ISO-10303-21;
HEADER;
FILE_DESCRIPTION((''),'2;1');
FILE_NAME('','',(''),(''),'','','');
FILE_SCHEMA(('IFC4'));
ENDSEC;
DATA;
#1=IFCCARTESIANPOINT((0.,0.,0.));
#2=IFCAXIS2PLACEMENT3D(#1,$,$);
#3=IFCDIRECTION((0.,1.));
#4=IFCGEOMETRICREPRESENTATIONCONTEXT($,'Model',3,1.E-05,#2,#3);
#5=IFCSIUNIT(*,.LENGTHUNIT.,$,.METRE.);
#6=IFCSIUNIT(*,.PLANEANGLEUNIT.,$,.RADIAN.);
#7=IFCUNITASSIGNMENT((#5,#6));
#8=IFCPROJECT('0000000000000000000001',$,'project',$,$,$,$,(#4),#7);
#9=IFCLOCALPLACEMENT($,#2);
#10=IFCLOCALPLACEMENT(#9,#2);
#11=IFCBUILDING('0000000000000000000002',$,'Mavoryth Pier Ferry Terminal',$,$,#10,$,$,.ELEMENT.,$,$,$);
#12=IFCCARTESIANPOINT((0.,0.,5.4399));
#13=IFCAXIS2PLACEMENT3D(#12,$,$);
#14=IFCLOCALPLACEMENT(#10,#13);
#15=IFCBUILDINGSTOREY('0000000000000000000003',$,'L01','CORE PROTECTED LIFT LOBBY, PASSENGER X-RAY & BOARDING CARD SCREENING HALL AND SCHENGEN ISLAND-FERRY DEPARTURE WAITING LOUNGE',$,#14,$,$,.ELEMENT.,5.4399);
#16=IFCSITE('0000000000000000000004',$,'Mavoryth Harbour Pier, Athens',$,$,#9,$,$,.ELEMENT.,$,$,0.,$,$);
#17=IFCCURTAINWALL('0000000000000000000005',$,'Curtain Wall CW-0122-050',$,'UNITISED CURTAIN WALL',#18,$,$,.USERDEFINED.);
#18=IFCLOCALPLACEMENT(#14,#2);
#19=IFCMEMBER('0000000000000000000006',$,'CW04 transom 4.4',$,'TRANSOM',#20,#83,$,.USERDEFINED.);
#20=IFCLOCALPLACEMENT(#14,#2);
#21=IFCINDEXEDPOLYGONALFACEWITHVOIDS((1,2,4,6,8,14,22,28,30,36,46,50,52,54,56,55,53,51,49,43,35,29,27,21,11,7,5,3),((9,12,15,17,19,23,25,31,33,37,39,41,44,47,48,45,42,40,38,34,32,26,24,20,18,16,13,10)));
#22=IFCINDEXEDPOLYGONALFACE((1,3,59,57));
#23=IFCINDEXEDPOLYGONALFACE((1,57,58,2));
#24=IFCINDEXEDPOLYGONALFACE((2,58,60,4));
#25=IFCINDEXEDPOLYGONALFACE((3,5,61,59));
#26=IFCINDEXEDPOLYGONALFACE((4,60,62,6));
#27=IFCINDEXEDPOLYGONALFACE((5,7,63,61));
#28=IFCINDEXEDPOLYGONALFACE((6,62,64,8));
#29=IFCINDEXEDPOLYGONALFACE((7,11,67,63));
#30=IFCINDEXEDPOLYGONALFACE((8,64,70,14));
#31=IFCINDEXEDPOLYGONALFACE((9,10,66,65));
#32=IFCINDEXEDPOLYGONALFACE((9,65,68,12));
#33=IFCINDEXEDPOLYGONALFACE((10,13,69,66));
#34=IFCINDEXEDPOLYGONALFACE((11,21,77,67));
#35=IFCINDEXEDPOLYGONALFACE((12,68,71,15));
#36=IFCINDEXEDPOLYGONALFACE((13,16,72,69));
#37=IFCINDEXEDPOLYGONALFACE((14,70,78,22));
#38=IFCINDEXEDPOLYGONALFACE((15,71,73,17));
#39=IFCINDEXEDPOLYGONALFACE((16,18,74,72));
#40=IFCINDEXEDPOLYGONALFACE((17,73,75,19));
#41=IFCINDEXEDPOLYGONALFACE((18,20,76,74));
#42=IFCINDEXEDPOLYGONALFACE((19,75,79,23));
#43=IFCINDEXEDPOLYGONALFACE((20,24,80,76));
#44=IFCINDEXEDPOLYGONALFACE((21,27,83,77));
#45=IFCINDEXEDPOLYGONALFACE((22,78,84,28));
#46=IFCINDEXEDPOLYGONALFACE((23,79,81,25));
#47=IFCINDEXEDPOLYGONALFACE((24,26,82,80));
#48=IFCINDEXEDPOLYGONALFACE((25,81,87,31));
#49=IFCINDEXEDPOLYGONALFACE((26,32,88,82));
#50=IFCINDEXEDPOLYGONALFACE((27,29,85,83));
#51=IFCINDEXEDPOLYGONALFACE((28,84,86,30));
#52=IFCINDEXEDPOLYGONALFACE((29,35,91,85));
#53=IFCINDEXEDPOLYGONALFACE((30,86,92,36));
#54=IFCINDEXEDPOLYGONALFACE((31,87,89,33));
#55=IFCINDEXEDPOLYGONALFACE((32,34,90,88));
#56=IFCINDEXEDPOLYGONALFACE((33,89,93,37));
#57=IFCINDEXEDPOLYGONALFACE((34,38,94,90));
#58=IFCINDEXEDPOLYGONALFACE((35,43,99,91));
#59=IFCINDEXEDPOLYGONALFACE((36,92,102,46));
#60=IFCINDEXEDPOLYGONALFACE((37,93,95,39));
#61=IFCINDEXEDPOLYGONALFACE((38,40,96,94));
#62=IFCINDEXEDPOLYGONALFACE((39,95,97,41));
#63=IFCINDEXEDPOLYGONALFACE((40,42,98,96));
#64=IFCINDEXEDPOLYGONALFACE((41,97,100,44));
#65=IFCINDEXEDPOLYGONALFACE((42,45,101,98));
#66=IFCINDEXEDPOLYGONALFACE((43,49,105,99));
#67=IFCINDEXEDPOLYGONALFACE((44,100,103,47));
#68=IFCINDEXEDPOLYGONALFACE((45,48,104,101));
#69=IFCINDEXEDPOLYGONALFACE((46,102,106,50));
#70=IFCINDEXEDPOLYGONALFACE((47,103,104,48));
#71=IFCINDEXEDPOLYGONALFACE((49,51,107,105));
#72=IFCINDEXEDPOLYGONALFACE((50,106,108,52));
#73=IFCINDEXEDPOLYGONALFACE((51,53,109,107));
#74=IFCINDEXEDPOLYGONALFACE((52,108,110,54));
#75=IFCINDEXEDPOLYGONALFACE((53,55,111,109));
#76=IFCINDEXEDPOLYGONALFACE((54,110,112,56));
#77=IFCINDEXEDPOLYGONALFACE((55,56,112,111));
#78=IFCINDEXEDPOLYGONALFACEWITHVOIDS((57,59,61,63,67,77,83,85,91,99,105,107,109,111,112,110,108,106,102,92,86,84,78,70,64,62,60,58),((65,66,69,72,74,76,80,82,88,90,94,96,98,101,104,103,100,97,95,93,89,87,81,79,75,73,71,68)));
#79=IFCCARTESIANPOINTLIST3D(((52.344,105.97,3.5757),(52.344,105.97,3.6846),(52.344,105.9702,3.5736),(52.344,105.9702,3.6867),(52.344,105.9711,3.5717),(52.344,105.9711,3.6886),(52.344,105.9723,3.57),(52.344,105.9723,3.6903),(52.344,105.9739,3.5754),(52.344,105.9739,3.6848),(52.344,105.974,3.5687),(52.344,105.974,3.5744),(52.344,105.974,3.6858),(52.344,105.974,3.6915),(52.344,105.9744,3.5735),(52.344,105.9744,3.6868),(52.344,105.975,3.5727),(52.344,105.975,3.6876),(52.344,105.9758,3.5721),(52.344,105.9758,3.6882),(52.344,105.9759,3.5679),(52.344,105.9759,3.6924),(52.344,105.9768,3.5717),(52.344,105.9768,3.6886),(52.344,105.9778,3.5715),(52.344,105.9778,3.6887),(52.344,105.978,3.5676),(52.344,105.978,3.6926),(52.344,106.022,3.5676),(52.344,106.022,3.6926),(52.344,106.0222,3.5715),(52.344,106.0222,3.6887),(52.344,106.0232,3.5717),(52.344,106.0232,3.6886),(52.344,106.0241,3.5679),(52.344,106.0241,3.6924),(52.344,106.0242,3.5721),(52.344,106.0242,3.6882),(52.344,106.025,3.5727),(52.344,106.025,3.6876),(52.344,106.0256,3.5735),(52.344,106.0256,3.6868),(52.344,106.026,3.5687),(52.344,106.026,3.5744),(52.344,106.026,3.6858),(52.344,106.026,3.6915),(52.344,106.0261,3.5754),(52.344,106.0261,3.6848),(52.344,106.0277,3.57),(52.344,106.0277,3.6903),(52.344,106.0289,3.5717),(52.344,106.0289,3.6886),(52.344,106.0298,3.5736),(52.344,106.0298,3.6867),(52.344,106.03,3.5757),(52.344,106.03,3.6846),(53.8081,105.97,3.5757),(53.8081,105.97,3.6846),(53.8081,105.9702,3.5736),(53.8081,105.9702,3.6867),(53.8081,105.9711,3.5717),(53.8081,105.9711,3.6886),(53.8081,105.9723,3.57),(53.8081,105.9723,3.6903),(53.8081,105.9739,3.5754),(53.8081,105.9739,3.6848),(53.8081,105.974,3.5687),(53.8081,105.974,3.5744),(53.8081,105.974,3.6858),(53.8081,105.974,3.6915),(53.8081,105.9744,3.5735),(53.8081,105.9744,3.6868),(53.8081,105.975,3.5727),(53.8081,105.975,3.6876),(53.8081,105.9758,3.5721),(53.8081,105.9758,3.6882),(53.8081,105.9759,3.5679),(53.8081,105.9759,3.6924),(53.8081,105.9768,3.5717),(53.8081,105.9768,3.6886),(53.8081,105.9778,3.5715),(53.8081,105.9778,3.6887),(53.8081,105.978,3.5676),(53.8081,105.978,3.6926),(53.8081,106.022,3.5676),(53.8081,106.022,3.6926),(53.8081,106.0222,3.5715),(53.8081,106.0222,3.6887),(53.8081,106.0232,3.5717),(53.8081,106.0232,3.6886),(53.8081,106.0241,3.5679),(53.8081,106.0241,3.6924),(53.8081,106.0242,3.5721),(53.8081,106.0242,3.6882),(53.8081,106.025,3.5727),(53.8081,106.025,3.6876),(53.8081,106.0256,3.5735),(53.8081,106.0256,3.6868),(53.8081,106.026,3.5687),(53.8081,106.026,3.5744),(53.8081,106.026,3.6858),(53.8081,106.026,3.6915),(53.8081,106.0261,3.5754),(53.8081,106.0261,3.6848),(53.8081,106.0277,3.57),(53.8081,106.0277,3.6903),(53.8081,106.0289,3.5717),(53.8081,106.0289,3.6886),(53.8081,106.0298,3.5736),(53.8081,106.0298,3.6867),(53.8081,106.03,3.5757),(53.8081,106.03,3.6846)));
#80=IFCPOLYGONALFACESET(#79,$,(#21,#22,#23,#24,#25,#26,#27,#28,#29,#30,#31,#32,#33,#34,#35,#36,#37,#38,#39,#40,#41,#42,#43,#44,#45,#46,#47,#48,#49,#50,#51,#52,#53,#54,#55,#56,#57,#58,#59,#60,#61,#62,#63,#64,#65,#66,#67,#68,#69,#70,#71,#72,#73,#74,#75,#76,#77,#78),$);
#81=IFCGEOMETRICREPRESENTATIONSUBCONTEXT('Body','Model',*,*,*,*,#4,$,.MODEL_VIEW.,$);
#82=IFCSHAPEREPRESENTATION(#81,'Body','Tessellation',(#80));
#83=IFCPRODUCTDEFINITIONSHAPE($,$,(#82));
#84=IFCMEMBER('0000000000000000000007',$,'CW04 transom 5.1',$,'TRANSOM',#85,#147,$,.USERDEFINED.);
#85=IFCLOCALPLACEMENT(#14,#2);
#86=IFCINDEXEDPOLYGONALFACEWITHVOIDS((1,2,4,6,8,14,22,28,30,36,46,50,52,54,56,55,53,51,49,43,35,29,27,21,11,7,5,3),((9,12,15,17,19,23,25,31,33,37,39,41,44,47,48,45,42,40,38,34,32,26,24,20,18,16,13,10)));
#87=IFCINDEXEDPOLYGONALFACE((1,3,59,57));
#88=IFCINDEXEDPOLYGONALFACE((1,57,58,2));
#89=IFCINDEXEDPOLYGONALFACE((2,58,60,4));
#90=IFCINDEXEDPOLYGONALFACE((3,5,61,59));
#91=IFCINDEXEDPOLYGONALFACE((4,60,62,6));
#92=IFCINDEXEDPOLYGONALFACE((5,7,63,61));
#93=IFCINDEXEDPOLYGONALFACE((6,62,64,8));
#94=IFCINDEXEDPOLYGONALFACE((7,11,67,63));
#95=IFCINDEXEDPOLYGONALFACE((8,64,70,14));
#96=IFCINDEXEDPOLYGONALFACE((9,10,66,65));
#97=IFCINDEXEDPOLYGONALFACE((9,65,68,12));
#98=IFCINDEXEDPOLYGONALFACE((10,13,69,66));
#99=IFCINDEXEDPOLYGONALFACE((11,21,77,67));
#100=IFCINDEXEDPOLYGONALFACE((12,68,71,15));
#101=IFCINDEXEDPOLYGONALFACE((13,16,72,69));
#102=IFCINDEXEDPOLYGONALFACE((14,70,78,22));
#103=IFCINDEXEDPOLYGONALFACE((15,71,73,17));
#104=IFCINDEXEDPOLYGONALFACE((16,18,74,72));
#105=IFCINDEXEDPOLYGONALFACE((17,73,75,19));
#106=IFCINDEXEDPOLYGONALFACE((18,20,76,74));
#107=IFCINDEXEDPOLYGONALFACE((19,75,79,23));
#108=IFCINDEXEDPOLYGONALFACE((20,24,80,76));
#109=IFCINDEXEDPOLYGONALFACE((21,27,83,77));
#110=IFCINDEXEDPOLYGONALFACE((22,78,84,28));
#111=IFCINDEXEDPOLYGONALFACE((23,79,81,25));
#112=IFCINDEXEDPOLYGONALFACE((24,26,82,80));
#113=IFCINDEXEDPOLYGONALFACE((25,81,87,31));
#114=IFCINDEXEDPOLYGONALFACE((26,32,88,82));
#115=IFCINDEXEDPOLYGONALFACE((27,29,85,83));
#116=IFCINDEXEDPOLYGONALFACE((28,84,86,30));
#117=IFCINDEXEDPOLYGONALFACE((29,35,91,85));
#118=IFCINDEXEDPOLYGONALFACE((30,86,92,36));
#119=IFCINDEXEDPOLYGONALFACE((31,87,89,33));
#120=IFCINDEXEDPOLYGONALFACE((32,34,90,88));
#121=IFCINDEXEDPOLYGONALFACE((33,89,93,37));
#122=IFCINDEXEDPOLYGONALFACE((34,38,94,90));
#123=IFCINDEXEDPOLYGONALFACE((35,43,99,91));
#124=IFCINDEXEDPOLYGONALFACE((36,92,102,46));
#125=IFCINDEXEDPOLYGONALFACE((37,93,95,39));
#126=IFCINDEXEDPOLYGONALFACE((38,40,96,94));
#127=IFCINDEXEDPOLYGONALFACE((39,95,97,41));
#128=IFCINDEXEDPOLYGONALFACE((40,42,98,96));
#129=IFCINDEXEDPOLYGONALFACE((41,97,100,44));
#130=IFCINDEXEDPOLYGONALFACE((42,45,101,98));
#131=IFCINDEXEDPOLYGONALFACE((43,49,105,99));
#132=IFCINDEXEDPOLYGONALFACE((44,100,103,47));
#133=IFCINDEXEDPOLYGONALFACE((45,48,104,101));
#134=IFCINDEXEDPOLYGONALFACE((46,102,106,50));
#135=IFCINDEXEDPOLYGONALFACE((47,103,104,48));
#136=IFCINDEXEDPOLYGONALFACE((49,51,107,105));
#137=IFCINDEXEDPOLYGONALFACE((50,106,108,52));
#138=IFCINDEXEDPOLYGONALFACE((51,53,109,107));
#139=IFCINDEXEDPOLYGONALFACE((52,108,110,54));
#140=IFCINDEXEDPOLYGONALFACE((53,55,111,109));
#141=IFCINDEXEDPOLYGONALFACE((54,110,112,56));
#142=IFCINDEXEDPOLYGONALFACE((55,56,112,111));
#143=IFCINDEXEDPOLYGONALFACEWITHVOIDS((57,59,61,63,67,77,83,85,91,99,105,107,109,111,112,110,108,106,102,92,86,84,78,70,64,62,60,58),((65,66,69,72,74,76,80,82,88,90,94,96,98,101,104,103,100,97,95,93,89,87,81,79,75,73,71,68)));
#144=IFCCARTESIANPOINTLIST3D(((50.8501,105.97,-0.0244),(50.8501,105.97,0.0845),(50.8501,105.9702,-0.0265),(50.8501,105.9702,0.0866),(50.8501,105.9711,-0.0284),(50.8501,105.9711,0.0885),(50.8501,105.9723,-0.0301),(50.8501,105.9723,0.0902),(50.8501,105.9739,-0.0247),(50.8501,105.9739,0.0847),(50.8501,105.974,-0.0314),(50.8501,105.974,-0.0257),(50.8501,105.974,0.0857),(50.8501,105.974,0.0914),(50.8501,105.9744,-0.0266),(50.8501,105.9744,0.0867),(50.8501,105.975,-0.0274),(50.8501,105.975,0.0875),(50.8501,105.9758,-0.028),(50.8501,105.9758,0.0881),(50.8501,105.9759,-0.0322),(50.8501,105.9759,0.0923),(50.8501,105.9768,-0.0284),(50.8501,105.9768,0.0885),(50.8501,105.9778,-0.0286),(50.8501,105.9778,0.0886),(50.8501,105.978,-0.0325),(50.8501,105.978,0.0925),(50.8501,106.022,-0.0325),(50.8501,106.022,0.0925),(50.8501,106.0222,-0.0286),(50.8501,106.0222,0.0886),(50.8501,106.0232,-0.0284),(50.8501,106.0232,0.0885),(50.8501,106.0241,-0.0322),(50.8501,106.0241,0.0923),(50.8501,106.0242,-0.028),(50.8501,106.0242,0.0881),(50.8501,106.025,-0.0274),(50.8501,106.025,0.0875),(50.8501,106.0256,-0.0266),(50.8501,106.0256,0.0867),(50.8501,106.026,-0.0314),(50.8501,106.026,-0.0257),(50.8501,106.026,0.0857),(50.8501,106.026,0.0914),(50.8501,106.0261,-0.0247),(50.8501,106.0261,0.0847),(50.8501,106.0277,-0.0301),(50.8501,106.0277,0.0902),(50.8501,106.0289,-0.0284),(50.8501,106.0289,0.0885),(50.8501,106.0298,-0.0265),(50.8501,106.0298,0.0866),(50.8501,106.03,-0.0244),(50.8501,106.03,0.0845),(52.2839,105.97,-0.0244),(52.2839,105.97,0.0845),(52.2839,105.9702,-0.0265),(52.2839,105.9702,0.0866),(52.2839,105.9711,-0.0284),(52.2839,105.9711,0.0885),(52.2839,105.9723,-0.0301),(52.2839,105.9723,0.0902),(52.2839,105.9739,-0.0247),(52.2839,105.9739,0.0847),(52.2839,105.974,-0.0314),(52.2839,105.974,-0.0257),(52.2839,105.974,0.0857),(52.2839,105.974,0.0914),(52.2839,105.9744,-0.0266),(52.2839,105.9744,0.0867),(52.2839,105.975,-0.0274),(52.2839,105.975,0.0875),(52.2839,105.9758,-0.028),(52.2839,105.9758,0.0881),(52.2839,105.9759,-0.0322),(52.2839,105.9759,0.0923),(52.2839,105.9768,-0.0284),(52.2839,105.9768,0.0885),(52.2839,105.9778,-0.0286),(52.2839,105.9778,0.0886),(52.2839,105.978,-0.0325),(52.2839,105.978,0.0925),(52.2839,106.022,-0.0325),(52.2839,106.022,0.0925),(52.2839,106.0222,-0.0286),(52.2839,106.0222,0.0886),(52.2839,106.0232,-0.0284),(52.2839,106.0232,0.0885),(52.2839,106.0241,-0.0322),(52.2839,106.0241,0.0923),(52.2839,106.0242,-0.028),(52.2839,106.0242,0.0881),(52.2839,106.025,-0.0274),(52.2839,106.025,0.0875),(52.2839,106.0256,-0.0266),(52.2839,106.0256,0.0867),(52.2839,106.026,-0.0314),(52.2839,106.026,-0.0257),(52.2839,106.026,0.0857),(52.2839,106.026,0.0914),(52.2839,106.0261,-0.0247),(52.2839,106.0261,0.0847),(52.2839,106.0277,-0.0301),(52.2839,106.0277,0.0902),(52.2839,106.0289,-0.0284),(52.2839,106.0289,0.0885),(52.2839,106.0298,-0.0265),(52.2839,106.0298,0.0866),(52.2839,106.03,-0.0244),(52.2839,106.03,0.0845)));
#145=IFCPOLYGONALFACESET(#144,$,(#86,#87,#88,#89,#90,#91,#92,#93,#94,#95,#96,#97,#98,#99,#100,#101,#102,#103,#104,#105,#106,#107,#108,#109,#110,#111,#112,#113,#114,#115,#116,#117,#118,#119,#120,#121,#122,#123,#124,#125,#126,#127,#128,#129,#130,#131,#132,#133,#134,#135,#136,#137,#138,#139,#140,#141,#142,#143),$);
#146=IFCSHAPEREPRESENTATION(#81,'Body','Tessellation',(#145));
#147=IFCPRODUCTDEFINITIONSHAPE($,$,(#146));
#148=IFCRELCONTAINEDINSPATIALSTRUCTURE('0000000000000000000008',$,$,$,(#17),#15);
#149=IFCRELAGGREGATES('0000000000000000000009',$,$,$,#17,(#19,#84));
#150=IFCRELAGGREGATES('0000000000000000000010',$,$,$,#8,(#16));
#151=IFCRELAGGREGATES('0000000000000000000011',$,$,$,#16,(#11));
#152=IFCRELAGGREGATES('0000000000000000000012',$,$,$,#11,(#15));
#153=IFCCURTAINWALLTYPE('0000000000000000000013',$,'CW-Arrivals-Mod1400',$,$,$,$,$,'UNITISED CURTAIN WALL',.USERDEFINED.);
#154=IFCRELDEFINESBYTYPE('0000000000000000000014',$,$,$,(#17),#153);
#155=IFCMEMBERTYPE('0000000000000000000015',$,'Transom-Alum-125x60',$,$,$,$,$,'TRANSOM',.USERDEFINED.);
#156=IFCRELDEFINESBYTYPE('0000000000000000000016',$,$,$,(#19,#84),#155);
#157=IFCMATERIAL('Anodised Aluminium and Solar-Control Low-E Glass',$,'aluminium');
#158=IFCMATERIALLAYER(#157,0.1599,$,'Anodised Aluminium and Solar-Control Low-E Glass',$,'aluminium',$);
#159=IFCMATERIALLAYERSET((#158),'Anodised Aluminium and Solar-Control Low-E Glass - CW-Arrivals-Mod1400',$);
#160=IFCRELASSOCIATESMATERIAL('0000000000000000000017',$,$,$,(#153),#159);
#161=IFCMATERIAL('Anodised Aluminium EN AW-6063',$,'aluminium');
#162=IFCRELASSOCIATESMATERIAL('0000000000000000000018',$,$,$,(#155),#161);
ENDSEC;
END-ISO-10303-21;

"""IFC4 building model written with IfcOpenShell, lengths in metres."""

from ifc_helpers import new_model, si_unit, direction, frame, origin, origin_2d, place, context, subcontext, project, spatial, hollow_rectangle, extrude, material, layer, layer_set, material_profile, profile_set, type_object, element, aggregate, save


model = new_model("IFC4")

# Units and contexts
model_context = context("Model", 3, precision=1e-05, world=origin(), true_north=direction((0.0, 1.0)))
body_context = subcontext(model_context, "Body", "Model", "MODEL_VIEW")
ifc_project = project(units=[si_unit("LENGTHUNIT", "METRE"), si_unit("PLANEANGLEUNIT", "RADIAN")], contexts=[model_context])

# Site, building, storey
site_placement = place(None, origin())
site = spatial("IfcSite", under=ifc_project, at=site_placement, Name="Mavoryth Harbour Pier, Athens", CompositionType="ELEMENT", RefElevation=0.0)
building_placement = place(site_placement, origin())
building = spatial("IfcBuilding", under=site, at=building_placement, Name="Mavoryth Pier Ferry Terminal", CompositionType="ELEMENT")
storey_placement = place(building_placement, frame((0.0, 0.0, 5.4399)))
storey = spatial("IfcBuildingStorey", under=building, at=storey_placement, Name="L01", Description="CORE PROTECTED LIFT LOBBY, PASSENGER X-RAY & BOARDING CARD SCREENING HALL AND SCHENGEN ISLAND-FERRY DEPARTURE WAITING LOUNGE", CompositionType="ELEMENT", Elevation=5.4399)

# Curtain wall
ifc_material_1 = material(Name="Anodised Aluminium and Solar-Control Low-E Glass", Category="aluminium")
ifc_layer_1 = layer(ifc_material_1, 0.1599, Name="Anodised Aluminium and Solar-Control Low-E Glass", Category="aluminium")
ifc_layer_set_1 = layer_set([ifc_layer_1], Name="Anodised Aluminium and Solar-Control Low-E Glass - CW-Arrivals-Mod1400")
curtain_wall_type = type_object("IfcCurtainWallType", Name="CW-Arrivals-Mod1400", ElementType="UNITISED CURTAIN WALL", PredefinedType="USERDEFINED", material=ifc_layer_set_1)
curtain_wall_placement = place(storey_placement, origin())
curtain_wall = element("IfcCurtainWall", 1, at=curtain_wall_placement, inside=storey, type_object=curtain_wall_type, Name="Curtain Wall CW-0122-050", ObjectType="UNITISED CURTAIN WALL", PredefinedType="USERDEFINED")
ifc_material_2 = material(Name="Anodised Aluminium EN AW-6063", Category="aluminium")

# Members
ifc_material_profile_1 = material_profile(ifc_material_2, hollow_rectangle(XDim=0.0601, YDim=0.125, WallThickness=0.0039, InnerFilletRadius=0.0039, OuterFilletRadius=0.0081, at=origin_2d()), Name="AL-TRAN 125x60x4", Category="aluminium")
ifc_profile_set_1 = profile_set([ifc_material_profile_1], Name="Anodised Aluminium EN AW-6063 - AL-TRAN 125x60x4")
member_type_1 = type_object("IfcMemberType", Name="Transom-Alum-125x60", ElementType="TRANSOM", PredefinedType="USERDEFINED", material=ifc_profile_set_1)
member_1_placement = place(storey_placement, frame((53.8081, 106.0, 3.6301), z_axis=(-1.0, 0.0, 0.0), x_axis=(0.0, -1.0, 0.0)))
member_1 = element("IfcMember", 2, at=member_1_placement, type_object=member_type_1, Name="CW04 transom 4.4", ObjectType="TRANSOM", PredefinedType="USERDEFINED", context=body_context, shape_type="SweptSolid", body=[
    extrude(hollow_rectangle(XDim=0.0601, YDim=0.125, WallThickness=0.0039, InnerFilletRadius=0.0039, OuterFilletRadius=0.0081, at=origin_2d()), origin(), (0.0, 0.0, 1.0), 1.4641),
])
member_2_placement = place(storey_placement, frame((52.2839, 106.0, 0.03), z_axis=(-1.0, 0.0, 0.0), x_axis=(0.0, -1.0, 0.0)))
member_2 = element("IfcMember", 3, at=member_2_placement, type_object=member_type_1, Name="CW04 transom 5.1", ObjectType="TRANSOM", PredefinedType="USERDEFINED", context=body_context, shape_type="SweptSolid", body=[
    extrude(hollow_rectangle(XDim=0.0601, YDim=0.125, WallThickness=0.0039, InnerFilletRadius=0.0039, OuterFilletRadius=0.0081, at=origin_2d()), origin(), (0.0, 0.0, 1.0), 1.4338),
])

aggregate(curtain_wall, [member_1, member_2])

save(model, "model.ifc")
